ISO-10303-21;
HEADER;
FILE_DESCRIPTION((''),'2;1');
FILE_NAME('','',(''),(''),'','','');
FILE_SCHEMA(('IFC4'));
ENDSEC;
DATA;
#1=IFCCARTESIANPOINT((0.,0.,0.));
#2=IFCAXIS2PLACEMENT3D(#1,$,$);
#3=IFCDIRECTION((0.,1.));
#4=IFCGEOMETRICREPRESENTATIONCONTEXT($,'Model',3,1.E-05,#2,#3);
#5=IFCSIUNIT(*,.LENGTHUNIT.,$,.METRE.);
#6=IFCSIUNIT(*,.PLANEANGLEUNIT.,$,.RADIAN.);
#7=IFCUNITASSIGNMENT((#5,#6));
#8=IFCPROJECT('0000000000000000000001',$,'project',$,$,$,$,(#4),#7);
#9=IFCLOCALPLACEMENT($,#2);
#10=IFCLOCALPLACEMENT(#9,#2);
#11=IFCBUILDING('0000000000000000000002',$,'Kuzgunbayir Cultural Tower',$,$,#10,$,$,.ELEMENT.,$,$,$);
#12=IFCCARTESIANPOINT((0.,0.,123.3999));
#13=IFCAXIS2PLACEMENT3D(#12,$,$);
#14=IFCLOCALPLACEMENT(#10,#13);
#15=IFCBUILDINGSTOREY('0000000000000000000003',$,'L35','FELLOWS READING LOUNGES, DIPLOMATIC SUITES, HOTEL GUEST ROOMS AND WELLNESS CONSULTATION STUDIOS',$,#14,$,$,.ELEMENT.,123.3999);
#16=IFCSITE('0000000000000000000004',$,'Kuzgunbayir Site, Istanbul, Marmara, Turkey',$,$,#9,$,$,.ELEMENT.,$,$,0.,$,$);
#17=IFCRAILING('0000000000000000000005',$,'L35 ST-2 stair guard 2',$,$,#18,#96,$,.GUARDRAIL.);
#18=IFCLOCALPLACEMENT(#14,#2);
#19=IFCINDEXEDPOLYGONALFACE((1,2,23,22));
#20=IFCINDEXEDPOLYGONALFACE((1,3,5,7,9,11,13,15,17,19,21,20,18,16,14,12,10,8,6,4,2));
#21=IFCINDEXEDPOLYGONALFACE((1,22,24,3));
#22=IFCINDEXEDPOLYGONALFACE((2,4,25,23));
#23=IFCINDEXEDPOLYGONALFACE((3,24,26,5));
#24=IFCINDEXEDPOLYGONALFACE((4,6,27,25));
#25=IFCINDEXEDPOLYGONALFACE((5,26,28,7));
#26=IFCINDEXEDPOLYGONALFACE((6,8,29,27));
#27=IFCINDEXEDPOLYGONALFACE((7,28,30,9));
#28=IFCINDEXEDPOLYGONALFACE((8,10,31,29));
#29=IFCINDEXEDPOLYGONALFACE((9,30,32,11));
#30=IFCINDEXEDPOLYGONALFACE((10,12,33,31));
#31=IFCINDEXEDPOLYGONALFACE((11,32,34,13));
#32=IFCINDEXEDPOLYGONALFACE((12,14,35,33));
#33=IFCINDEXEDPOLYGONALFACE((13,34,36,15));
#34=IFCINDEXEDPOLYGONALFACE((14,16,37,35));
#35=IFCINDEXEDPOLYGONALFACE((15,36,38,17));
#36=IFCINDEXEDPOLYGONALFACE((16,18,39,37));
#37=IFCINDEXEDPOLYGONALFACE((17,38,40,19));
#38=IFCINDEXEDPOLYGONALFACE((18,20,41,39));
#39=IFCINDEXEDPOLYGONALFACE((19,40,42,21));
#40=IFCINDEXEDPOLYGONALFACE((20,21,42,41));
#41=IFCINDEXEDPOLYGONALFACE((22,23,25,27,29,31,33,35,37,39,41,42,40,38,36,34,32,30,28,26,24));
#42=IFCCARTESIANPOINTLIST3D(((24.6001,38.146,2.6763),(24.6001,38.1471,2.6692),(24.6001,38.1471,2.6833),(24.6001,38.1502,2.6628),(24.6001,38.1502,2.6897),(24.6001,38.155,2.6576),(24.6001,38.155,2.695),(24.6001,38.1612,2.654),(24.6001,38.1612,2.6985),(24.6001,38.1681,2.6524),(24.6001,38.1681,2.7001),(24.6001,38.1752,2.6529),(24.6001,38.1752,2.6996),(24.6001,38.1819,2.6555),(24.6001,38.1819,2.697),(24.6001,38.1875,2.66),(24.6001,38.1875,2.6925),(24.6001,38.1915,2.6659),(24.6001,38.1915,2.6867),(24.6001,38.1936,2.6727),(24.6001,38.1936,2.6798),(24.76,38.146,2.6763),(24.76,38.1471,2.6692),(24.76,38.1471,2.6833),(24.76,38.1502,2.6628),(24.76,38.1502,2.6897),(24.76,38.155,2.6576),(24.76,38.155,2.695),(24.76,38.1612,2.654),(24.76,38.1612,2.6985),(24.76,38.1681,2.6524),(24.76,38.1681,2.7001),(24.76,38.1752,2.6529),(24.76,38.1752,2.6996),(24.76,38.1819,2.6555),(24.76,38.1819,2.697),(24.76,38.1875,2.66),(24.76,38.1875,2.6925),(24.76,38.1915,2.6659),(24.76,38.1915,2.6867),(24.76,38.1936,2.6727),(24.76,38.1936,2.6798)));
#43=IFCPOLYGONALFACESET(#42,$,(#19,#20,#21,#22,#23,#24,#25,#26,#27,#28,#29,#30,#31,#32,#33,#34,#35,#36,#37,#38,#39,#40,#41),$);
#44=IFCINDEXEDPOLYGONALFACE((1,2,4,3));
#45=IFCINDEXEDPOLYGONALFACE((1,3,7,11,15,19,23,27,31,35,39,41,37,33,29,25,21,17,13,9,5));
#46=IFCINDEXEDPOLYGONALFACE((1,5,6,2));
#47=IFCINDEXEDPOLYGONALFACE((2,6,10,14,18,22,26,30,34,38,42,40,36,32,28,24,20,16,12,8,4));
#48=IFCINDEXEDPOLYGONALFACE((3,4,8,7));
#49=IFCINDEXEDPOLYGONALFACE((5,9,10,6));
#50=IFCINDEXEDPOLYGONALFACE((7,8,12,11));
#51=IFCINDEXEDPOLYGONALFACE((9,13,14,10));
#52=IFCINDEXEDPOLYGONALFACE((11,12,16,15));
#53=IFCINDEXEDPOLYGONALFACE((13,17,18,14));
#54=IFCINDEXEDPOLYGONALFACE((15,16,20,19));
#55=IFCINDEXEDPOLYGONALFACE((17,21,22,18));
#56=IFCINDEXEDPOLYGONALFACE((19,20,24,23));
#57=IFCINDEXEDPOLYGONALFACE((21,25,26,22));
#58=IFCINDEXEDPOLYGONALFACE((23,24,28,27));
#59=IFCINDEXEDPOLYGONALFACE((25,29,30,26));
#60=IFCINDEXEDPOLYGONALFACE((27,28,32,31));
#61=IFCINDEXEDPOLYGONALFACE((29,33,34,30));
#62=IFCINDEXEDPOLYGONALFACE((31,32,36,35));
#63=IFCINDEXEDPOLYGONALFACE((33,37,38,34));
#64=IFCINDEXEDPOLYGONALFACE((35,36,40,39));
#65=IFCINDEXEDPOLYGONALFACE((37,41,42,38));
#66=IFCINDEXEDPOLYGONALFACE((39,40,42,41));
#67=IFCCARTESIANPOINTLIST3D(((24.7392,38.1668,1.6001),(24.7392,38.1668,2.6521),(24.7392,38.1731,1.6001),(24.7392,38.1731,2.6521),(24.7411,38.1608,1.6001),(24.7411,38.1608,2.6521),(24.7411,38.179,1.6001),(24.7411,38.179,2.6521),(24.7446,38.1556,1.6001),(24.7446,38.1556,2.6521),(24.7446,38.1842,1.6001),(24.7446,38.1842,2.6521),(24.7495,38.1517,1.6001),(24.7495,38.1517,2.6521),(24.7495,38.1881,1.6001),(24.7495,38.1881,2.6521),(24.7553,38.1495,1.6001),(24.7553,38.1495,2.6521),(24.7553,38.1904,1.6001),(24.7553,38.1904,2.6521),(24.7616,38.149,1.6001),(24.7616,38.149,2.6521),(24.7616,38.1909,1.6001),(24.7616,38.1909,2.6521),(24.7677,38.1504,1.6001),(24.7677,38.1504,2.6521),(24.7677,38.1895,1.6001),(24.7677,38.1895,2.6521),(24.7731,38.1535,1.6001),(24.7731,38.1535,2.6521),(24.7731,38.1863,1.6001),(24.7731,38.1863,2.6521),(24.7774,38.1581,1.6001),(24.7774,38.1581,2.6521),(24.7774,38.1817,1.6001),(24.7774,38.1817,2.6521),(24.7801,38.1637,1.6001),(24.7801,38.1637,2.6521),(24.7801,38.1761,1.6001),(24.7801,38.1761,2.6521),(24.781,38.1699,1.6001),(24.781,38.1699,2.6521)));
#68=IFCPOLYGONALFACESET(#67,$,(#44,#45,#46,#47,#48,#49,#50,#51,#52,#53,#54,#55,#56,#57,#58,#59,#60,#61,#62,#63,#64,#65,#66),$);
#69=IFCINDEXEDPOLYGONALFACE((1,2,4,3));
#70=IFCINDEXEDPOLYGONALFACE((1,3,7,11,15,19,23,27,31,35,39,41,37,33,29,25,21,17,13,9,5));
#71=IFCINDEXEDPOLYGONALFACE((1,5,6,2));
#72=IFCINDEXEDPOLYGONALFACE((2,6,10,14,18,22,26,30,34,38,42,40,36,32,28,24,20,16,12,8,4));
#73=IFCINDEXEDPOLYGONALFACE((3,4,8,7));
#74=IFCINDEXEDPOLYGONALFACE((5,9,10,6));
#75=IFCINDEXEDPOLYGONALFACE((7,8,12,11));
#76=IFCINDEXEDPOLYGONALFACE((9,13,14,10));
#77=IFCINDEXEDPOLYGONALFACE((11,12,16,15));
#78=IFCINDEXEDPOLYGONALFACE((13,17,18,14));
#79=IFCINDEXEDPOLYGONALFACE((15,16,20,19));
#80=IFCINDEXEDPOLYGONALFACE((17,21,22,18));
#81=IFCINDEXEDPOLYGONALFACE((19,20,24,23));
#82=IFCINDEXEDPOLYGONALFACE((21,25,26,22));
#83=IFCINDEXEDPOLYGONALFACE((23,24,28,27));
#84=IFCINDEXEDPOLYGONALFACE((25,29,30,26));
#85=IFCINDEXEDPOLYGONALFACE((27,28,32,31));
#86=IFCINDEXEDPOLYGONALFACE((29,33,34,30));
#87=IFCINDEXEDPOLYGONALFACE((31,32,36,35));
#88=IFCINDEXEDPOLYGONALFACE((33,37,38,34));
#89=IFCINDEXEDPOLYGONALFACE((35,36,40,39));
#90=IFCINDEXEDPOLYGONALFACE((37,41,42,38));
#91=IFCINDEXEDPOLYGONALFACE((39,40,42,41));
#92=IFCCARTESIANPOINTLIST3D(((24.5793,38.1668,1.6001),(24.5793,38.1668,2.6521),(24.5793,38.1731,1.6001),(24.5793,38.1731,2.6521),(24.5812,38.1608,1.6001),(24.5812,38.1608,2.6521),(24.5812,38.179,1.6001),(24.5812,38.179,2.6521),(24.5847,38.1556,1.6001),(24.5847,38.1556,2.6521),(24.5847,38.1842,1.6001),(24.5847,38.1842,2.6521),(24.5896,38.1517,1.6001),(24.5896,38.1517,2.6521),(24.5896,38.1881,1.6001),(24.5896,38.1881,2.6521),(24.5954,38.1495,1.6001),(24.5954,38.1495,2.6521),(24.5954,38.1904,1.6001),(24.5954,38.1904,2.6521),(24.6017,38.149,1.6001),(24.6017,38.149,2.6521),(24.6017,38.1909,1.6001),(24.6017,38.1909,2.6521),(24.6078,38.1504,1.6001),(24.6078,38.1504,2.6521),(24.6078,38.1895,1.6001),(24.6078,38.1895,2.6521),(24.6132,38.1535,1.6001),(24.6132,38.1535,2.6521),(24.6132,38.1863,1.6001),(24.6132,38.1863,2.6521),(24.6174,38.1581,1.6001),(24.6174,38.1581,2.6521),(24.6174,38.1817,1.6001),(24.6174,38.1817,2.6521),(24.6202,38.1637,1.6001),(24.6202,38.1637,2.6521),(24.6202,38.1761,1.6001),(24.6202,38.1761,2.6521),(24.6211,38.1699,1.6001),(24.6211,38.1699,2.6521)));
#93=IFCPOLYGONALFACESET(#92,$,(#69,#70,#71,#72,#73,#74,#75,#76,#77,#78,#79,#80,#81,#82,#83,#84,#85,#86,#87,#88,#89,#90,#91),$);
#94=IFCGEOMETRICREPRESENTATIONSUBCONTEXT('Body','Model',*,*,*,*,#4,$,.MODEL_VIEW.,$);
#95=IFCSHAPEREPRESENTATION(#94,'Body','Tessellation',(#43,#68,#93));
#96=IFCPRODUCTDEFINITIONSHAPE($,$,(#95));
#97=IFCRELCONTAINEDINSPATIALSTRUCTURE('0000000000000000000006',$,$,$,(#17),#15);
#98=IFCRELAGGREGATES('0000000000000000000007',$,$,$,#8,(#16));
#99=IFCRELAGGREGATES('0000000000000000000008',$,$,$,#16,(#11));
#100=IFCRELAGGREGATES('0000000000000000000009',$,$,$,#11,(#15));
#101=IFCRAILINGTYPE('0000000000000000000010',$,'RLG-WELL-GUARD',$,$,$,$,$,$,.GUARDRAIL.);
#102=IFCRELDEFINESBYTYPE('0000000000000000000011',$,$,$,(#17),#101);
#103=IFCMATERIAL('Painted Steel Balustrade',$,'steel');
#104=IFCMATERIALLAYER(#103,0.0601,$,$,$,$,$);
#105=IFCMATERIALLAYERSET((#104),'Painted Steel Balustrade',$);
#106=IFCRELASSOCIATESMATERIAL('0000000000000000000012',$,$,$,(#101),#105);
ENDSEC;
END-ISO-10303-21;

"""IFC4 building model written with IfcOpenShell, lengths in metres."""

from ifc_helpers import new_model, si_unit, direction, frame, origin, origin_2d, place, context, subcontext, project, spatial, circle, extrude, material, layer, layer_set, type_object, element, save


model = new_model("IFC4")

# Units and contexts
model_context = context("Model", 3, precision=1e-05, world=origin(), true_north=direction((0.0, 1.0)))
body_context = subcontext(model_context, "Body", "Model", "MODEL_VIEW")
ifc_project = project(units=[si_unit("LENGTHUNIT", "METRE"), si_unit("PLANEANGLEUNIT", "RADIAN")], contexts=[model_context])

# Site, building, storey
site_placement = place(None, origin())
site = spatial("IfcSite", under=ifc_project, at=site_placement, Name="Kuzgunbayir Site, Istanbul, Marmara, Turkey", CompositionType="ELEMENT", RefElevation=0.0)
building_placement = place(site_placement, origin())
building = spatial("IfcBuilding", under=site, at=building_placement, Name="Kuzgunbayir Cultural Tower", CompositionType="ELEMENT")
storey_placement = place(building_placement, frame((0.0, 0.0, 123.3999)))
storey = spatial("IfcBuildingStorey", under=building, at=storey_placement, Name="L35", Description="FELLOWS READING LOUNGES, DIPLOMATIC SUITES, HOTEL GUEST ROOMS AND WELLNESS CONSULTATION STUDIOS", CompositionType="ELEMENT", Elevation=123.3999)

# Railing
ifc_material_1 = material(Name="Painted Steel Balustrade", Category="steel")
ifc_layer_1 = layer(ifc_material_1, 0.0601)
ifc_layer_set_1 = layer_set([ifc_layer_1], Name="Painted Steel Balustrade")
railing_type_1 = type_object("IfcRailingType", Name="RLG-WELL-GUARD", PredefinedType="GUARDRAIL", material=ifc_layer_set_1)
railing_1_placement = place(storey_placement, frame((24.76, 38.1699, 1.6001)))
element("IfcRailing", 1, at=railing_1_placement, inside=storey, type_object=railing_type_1, Name="L35 ST-2 stair guard 2", PredefinedType="GUARDRAIL", context=body_context, shape_type="SweptSolid", body=[
    extrude(circle(Radius=0.0239, at=origin_2d()), frame((0.0, 0.0, 1.0762), z_axis=(-1.0, 0.0, 0.0), x_axis=(0.0, -1.0, 0.0)), (0.0, 0.0, 1.0), 0.1599),
    extrude(circle(Radius=0.021, at=origin_2d()), origin(), (0.0, 0.0, 1.0), 1.052),
    extrude(circle(Radius=0.021, at=origin_2d()), frame((-0.1599, 0.0, 0.0)), (0.0, 0.0, 1.0), 1.052),
])

save(model, "model.ifc")
